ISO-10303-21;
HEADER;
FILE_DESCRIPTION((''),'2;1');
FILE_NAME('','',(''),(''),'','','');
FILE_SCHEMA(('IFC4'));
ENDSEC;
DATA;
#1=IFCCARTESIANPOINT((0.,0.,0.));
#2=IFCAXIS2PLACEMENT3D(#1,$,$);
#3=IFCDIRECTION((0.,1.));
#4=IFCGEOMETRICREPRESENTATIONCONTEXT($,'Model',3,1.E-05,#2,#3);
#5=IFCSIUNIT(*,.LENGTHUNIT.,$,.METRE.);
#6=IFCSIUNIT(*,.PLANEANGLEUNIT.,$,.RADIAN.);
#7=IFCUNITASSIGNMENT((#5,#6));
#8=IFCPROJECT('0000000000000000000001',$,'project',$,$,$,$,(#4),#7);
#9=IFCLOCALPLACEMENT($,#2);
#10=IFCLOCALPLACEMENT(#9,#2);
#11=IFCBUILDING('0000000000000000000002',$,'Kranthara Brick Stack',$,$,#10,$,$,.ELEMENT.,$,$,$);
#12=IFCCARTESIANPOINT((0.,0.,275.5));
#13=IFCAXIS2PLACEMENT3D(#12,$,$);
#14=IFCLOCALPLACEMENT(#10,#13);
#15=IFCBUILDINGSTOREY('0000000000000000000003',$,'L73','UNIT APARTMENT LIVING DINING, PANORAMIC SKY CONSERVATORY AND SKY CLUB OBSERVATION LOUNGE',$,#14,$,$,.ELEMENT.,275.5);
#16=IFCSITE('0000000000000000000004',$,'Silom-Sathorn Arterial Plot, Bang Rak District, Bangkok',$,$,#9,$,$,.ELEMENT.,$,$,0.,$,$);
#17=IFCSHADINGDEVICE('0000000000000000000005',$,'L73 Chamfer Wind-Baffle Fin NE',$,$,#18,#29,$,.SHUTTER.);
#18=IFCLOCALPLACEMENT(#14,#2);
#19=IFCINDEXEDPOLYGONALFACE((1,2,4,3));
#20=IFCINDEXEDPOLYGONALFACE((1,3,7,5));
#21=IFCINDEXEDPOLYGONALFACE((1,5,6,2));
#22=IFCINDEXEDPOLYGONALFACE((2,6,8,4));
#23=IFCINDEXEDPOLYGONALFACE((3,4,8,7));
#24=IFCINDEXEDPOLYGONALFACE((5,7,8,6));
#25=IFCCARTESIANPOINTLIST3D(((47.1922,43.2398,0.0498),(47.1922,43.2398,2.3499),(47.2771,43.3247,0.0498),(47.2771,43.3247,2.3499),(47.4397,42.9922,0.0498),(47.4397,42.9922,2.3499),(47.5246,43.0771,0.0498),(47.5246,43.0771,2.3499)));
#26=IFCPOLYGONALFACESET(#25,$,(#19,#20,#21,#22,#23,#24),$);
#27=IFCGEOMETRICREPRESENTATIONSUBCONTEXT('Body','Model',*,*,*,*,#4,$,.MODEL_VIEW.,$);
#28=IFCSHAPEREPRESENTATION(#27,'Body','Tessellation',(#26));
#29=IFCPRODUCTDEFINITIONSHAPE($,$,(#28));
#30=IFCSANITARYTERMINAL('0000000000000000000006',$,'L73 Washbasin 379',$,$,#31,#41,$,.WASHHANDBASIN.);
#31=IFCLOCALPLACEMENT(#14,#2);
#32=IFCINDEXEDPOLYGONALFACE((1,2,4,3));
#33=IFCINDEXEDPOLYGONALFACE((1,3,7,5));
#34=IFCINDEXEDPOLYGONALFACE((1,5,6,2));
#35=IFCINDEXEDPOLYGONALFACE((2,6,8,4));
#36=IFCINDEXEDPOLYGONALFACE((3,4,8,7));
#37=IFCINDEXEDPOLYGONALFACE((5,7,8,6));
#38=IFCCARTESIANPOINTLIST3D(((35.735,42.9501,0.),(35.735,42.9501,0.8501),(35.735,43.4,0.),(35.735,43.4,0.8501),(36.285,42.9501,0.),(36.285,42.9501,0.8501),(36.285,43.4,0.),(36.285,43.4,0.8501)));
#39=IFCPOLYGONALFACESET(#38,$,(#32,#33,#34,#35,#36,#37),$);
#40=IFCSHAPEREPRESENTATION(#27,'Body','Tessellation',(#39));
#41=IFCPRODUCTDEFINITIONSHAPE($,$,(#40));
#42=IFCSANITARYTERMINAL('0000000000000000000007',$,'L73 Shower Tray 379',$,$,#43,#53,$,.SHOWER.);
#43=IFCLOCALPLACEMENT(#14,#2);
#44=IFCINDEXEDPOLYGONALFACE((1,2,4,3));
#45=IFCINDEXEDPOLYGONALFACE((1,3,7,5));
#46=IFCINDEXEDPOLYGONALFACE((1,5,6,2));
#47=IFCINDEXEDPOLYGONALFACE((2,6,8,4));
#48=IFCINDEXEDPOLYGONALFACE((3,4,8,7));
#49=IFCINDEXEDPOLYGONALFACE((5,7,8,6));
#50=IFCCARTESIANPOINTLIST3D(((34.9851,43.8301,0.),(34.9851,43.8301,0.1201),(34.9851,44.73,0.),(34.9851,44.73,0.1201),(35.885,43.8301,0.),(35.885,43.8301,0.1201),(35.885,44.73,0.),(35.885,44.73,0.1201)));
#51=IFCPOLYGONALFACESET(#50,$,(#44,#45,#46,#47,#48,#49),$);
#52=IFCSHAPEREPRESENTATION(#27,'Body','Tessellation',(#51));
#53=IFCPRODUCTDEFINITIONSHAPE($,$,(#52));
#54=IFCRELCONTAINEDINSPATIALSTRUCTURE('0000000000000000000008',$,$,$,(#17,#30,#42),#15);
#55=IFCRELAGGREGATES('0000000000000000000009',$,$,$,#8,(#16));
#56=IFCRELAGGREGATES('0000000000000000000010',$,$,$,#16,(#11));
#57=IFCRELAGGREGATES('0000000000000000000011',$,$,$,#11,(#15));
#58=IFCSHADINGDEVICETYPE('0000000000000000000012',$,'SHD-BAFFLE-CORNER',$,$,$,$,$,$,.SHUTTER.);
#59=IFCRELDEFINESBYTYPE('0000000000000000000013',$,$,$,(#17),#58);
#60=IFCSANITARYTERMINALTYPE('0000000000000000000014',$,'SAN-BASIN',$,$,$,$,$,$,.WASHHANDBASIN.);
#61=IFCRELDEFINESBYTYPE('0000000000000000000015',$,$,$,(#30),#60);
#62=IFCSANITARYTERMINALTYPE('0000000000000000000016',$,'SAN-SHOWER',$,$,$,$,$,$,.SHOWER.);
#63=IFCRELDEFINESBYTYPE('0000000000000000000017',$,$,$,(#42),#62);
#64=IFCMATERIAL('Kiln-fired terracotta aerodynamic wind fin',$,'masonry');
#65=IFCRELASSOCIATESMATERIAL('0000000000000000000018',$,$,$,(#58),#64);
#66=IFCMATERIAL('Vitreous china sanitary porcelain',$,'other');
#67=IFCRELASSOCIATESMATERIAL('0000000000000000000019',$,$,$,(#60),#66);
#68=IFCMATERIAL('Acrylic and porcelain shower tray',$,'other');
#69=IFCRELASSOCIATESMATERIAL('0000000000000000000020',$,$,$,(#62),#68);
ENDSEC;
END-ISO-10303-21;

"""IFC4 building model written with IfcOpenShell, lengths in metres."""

from ifc_helpers import new_model, si_unit, direction, frame, origin, origin_2d, place, context, subcontext, project, spatial, rectangle, extrude, material, type_object, element, save


model = new_model("IFC4")

# Units and contexts
model_context = context("Model", 3, precision=1e-05, world=origin(), true_north=direction((0.0, 1.0)))
body_context = subcontext(model_context, "Body", "Model", "MODEL_VIEW")
ifc_project = project(units=[si_unit("LENGTHUNIT", "METRE"), si_unit("PLANEANGLEUNIT", "RADIAN")], contexts=[model_context])

# Site, building, storey
site_placement = place(None, origin())
site = spatial("IfcSite", under=ifc_project, at=site_placement, Name="Silom-Sathorn Arterial Plot, Bang Rak District, Bangkok", CompositionType="ELEMENT", RefElevation=0.0)
building_placement = place(site_placement, origin())
building = spatial("IfcBuilding", under=site, at=building_placement, Name="Kranthara Brick Stack", CompositionType="ELEMENT")
storey_placement = place(building_placement, frame((0.0, 0.0, 275.5)))
storey = spatial("IfcBuildingStorey", under=building, at=storey_placement, Name="L73", Description="UNIT APARTMENT LIVING DINING, PANORAMIC SKY CONSERVATORY AND SKY CLUB OBSERVATION LOUNGE", CompositionType="ELEMENT", Elevation=275.5)

# Shading device
ifc_material_1 = material(Name="Kiln-fired terracotta aerodynamic wind fin", Category="masonry")
shading_device_type = type_object("IfcShadingDeviceType", Name="SHD-BAFFLE-CORNER", PredefinedType="SHUTTER", material=ifc_material_1)
shading_device_placement = place(storey_placement, frame((47.3584, 43.1584, 0.0498), z_axis=(0.0, 0.0, 1.0), x_axis=(0.707107, -0.707107, 0.0)))
element("IfcShadingDevice", 1, at=shading_device_placement, inside=storey, type_object=shading_device_type, Name="L73 Chamfer Wind-Baffle Fin NE", PredefinedType="SHUTTER", context=body_context, shape_type="SweptSolid", body=[
    extrude(rectangle(XDim=0.3501, YDim=0.1201, at=origin_2d()), origin(), (0.0, 0.0, 1.0), 2.3),
])

# Sanitary terminals
ifc_material_2 = material(Name="Vitreous china sanitary porcelain", Category="other")
sanitary_terminal_type_1 = type_object("IfcSanitaryTerminalType", Name="SAN-BASIN", PredefinedType="WASHHANDBASIN", material=ifc_material_2)
sanitary_terminal_1_placement = place(storey_placement, frame((36.01, 43.175, 0.0), z_axis=(0.0, 0.0, 1.0), x_axis=(1.0, 0.0, 0.0)))
element("IfcSanitaryTerminal", 2, at=sanitary_terminal_1_placement, inside=storey, type_object=sanitary_terminal_type_1, Name="L73 Washbasin 379", PredefinedType="WASHHANDBASIN", context=body_context, shape_type="SweptSolid", body=[
    extrude(rectangle(XDim=0.55, YDim=0.45, at=origin_2d()), origin(), (0.0, 0.0, 1.0), 0.8501),
])
ifc_material_3 = material(Name="Acrylic and porcelain shower tray", Category="other")
sanitary_terminal_type_2 = type_object("IfcSanitaryTerminalType", Name="SAN-SHOWER", PredefinedType="SHOWER", material=ifc_material_3)
sanitary_terminal_2_placement = place(storey_placement, frame((35.4351, 44.28, 0.0), z_axis=(0.0, 0.0, 1.0), x_axis=(1.0, 0.0, 0.0)))
element("IfcSanitaryTerminal", 3, at=sanitary_terminal_2_placement, inside=storey, type_object=sanitary_terminal_type_2, Name="L73 Shower Tray 379", PredefinedType="SHOWER", context=body_context, shape_type="SweptSolid", body=[
    extrude(rectangle(XDim=0.8999, YDim=0.8999, at=origin_2d()), origin(), (0.0, 0.0, 1.0), 0.1201),
])

save(model, "model.ifc")
